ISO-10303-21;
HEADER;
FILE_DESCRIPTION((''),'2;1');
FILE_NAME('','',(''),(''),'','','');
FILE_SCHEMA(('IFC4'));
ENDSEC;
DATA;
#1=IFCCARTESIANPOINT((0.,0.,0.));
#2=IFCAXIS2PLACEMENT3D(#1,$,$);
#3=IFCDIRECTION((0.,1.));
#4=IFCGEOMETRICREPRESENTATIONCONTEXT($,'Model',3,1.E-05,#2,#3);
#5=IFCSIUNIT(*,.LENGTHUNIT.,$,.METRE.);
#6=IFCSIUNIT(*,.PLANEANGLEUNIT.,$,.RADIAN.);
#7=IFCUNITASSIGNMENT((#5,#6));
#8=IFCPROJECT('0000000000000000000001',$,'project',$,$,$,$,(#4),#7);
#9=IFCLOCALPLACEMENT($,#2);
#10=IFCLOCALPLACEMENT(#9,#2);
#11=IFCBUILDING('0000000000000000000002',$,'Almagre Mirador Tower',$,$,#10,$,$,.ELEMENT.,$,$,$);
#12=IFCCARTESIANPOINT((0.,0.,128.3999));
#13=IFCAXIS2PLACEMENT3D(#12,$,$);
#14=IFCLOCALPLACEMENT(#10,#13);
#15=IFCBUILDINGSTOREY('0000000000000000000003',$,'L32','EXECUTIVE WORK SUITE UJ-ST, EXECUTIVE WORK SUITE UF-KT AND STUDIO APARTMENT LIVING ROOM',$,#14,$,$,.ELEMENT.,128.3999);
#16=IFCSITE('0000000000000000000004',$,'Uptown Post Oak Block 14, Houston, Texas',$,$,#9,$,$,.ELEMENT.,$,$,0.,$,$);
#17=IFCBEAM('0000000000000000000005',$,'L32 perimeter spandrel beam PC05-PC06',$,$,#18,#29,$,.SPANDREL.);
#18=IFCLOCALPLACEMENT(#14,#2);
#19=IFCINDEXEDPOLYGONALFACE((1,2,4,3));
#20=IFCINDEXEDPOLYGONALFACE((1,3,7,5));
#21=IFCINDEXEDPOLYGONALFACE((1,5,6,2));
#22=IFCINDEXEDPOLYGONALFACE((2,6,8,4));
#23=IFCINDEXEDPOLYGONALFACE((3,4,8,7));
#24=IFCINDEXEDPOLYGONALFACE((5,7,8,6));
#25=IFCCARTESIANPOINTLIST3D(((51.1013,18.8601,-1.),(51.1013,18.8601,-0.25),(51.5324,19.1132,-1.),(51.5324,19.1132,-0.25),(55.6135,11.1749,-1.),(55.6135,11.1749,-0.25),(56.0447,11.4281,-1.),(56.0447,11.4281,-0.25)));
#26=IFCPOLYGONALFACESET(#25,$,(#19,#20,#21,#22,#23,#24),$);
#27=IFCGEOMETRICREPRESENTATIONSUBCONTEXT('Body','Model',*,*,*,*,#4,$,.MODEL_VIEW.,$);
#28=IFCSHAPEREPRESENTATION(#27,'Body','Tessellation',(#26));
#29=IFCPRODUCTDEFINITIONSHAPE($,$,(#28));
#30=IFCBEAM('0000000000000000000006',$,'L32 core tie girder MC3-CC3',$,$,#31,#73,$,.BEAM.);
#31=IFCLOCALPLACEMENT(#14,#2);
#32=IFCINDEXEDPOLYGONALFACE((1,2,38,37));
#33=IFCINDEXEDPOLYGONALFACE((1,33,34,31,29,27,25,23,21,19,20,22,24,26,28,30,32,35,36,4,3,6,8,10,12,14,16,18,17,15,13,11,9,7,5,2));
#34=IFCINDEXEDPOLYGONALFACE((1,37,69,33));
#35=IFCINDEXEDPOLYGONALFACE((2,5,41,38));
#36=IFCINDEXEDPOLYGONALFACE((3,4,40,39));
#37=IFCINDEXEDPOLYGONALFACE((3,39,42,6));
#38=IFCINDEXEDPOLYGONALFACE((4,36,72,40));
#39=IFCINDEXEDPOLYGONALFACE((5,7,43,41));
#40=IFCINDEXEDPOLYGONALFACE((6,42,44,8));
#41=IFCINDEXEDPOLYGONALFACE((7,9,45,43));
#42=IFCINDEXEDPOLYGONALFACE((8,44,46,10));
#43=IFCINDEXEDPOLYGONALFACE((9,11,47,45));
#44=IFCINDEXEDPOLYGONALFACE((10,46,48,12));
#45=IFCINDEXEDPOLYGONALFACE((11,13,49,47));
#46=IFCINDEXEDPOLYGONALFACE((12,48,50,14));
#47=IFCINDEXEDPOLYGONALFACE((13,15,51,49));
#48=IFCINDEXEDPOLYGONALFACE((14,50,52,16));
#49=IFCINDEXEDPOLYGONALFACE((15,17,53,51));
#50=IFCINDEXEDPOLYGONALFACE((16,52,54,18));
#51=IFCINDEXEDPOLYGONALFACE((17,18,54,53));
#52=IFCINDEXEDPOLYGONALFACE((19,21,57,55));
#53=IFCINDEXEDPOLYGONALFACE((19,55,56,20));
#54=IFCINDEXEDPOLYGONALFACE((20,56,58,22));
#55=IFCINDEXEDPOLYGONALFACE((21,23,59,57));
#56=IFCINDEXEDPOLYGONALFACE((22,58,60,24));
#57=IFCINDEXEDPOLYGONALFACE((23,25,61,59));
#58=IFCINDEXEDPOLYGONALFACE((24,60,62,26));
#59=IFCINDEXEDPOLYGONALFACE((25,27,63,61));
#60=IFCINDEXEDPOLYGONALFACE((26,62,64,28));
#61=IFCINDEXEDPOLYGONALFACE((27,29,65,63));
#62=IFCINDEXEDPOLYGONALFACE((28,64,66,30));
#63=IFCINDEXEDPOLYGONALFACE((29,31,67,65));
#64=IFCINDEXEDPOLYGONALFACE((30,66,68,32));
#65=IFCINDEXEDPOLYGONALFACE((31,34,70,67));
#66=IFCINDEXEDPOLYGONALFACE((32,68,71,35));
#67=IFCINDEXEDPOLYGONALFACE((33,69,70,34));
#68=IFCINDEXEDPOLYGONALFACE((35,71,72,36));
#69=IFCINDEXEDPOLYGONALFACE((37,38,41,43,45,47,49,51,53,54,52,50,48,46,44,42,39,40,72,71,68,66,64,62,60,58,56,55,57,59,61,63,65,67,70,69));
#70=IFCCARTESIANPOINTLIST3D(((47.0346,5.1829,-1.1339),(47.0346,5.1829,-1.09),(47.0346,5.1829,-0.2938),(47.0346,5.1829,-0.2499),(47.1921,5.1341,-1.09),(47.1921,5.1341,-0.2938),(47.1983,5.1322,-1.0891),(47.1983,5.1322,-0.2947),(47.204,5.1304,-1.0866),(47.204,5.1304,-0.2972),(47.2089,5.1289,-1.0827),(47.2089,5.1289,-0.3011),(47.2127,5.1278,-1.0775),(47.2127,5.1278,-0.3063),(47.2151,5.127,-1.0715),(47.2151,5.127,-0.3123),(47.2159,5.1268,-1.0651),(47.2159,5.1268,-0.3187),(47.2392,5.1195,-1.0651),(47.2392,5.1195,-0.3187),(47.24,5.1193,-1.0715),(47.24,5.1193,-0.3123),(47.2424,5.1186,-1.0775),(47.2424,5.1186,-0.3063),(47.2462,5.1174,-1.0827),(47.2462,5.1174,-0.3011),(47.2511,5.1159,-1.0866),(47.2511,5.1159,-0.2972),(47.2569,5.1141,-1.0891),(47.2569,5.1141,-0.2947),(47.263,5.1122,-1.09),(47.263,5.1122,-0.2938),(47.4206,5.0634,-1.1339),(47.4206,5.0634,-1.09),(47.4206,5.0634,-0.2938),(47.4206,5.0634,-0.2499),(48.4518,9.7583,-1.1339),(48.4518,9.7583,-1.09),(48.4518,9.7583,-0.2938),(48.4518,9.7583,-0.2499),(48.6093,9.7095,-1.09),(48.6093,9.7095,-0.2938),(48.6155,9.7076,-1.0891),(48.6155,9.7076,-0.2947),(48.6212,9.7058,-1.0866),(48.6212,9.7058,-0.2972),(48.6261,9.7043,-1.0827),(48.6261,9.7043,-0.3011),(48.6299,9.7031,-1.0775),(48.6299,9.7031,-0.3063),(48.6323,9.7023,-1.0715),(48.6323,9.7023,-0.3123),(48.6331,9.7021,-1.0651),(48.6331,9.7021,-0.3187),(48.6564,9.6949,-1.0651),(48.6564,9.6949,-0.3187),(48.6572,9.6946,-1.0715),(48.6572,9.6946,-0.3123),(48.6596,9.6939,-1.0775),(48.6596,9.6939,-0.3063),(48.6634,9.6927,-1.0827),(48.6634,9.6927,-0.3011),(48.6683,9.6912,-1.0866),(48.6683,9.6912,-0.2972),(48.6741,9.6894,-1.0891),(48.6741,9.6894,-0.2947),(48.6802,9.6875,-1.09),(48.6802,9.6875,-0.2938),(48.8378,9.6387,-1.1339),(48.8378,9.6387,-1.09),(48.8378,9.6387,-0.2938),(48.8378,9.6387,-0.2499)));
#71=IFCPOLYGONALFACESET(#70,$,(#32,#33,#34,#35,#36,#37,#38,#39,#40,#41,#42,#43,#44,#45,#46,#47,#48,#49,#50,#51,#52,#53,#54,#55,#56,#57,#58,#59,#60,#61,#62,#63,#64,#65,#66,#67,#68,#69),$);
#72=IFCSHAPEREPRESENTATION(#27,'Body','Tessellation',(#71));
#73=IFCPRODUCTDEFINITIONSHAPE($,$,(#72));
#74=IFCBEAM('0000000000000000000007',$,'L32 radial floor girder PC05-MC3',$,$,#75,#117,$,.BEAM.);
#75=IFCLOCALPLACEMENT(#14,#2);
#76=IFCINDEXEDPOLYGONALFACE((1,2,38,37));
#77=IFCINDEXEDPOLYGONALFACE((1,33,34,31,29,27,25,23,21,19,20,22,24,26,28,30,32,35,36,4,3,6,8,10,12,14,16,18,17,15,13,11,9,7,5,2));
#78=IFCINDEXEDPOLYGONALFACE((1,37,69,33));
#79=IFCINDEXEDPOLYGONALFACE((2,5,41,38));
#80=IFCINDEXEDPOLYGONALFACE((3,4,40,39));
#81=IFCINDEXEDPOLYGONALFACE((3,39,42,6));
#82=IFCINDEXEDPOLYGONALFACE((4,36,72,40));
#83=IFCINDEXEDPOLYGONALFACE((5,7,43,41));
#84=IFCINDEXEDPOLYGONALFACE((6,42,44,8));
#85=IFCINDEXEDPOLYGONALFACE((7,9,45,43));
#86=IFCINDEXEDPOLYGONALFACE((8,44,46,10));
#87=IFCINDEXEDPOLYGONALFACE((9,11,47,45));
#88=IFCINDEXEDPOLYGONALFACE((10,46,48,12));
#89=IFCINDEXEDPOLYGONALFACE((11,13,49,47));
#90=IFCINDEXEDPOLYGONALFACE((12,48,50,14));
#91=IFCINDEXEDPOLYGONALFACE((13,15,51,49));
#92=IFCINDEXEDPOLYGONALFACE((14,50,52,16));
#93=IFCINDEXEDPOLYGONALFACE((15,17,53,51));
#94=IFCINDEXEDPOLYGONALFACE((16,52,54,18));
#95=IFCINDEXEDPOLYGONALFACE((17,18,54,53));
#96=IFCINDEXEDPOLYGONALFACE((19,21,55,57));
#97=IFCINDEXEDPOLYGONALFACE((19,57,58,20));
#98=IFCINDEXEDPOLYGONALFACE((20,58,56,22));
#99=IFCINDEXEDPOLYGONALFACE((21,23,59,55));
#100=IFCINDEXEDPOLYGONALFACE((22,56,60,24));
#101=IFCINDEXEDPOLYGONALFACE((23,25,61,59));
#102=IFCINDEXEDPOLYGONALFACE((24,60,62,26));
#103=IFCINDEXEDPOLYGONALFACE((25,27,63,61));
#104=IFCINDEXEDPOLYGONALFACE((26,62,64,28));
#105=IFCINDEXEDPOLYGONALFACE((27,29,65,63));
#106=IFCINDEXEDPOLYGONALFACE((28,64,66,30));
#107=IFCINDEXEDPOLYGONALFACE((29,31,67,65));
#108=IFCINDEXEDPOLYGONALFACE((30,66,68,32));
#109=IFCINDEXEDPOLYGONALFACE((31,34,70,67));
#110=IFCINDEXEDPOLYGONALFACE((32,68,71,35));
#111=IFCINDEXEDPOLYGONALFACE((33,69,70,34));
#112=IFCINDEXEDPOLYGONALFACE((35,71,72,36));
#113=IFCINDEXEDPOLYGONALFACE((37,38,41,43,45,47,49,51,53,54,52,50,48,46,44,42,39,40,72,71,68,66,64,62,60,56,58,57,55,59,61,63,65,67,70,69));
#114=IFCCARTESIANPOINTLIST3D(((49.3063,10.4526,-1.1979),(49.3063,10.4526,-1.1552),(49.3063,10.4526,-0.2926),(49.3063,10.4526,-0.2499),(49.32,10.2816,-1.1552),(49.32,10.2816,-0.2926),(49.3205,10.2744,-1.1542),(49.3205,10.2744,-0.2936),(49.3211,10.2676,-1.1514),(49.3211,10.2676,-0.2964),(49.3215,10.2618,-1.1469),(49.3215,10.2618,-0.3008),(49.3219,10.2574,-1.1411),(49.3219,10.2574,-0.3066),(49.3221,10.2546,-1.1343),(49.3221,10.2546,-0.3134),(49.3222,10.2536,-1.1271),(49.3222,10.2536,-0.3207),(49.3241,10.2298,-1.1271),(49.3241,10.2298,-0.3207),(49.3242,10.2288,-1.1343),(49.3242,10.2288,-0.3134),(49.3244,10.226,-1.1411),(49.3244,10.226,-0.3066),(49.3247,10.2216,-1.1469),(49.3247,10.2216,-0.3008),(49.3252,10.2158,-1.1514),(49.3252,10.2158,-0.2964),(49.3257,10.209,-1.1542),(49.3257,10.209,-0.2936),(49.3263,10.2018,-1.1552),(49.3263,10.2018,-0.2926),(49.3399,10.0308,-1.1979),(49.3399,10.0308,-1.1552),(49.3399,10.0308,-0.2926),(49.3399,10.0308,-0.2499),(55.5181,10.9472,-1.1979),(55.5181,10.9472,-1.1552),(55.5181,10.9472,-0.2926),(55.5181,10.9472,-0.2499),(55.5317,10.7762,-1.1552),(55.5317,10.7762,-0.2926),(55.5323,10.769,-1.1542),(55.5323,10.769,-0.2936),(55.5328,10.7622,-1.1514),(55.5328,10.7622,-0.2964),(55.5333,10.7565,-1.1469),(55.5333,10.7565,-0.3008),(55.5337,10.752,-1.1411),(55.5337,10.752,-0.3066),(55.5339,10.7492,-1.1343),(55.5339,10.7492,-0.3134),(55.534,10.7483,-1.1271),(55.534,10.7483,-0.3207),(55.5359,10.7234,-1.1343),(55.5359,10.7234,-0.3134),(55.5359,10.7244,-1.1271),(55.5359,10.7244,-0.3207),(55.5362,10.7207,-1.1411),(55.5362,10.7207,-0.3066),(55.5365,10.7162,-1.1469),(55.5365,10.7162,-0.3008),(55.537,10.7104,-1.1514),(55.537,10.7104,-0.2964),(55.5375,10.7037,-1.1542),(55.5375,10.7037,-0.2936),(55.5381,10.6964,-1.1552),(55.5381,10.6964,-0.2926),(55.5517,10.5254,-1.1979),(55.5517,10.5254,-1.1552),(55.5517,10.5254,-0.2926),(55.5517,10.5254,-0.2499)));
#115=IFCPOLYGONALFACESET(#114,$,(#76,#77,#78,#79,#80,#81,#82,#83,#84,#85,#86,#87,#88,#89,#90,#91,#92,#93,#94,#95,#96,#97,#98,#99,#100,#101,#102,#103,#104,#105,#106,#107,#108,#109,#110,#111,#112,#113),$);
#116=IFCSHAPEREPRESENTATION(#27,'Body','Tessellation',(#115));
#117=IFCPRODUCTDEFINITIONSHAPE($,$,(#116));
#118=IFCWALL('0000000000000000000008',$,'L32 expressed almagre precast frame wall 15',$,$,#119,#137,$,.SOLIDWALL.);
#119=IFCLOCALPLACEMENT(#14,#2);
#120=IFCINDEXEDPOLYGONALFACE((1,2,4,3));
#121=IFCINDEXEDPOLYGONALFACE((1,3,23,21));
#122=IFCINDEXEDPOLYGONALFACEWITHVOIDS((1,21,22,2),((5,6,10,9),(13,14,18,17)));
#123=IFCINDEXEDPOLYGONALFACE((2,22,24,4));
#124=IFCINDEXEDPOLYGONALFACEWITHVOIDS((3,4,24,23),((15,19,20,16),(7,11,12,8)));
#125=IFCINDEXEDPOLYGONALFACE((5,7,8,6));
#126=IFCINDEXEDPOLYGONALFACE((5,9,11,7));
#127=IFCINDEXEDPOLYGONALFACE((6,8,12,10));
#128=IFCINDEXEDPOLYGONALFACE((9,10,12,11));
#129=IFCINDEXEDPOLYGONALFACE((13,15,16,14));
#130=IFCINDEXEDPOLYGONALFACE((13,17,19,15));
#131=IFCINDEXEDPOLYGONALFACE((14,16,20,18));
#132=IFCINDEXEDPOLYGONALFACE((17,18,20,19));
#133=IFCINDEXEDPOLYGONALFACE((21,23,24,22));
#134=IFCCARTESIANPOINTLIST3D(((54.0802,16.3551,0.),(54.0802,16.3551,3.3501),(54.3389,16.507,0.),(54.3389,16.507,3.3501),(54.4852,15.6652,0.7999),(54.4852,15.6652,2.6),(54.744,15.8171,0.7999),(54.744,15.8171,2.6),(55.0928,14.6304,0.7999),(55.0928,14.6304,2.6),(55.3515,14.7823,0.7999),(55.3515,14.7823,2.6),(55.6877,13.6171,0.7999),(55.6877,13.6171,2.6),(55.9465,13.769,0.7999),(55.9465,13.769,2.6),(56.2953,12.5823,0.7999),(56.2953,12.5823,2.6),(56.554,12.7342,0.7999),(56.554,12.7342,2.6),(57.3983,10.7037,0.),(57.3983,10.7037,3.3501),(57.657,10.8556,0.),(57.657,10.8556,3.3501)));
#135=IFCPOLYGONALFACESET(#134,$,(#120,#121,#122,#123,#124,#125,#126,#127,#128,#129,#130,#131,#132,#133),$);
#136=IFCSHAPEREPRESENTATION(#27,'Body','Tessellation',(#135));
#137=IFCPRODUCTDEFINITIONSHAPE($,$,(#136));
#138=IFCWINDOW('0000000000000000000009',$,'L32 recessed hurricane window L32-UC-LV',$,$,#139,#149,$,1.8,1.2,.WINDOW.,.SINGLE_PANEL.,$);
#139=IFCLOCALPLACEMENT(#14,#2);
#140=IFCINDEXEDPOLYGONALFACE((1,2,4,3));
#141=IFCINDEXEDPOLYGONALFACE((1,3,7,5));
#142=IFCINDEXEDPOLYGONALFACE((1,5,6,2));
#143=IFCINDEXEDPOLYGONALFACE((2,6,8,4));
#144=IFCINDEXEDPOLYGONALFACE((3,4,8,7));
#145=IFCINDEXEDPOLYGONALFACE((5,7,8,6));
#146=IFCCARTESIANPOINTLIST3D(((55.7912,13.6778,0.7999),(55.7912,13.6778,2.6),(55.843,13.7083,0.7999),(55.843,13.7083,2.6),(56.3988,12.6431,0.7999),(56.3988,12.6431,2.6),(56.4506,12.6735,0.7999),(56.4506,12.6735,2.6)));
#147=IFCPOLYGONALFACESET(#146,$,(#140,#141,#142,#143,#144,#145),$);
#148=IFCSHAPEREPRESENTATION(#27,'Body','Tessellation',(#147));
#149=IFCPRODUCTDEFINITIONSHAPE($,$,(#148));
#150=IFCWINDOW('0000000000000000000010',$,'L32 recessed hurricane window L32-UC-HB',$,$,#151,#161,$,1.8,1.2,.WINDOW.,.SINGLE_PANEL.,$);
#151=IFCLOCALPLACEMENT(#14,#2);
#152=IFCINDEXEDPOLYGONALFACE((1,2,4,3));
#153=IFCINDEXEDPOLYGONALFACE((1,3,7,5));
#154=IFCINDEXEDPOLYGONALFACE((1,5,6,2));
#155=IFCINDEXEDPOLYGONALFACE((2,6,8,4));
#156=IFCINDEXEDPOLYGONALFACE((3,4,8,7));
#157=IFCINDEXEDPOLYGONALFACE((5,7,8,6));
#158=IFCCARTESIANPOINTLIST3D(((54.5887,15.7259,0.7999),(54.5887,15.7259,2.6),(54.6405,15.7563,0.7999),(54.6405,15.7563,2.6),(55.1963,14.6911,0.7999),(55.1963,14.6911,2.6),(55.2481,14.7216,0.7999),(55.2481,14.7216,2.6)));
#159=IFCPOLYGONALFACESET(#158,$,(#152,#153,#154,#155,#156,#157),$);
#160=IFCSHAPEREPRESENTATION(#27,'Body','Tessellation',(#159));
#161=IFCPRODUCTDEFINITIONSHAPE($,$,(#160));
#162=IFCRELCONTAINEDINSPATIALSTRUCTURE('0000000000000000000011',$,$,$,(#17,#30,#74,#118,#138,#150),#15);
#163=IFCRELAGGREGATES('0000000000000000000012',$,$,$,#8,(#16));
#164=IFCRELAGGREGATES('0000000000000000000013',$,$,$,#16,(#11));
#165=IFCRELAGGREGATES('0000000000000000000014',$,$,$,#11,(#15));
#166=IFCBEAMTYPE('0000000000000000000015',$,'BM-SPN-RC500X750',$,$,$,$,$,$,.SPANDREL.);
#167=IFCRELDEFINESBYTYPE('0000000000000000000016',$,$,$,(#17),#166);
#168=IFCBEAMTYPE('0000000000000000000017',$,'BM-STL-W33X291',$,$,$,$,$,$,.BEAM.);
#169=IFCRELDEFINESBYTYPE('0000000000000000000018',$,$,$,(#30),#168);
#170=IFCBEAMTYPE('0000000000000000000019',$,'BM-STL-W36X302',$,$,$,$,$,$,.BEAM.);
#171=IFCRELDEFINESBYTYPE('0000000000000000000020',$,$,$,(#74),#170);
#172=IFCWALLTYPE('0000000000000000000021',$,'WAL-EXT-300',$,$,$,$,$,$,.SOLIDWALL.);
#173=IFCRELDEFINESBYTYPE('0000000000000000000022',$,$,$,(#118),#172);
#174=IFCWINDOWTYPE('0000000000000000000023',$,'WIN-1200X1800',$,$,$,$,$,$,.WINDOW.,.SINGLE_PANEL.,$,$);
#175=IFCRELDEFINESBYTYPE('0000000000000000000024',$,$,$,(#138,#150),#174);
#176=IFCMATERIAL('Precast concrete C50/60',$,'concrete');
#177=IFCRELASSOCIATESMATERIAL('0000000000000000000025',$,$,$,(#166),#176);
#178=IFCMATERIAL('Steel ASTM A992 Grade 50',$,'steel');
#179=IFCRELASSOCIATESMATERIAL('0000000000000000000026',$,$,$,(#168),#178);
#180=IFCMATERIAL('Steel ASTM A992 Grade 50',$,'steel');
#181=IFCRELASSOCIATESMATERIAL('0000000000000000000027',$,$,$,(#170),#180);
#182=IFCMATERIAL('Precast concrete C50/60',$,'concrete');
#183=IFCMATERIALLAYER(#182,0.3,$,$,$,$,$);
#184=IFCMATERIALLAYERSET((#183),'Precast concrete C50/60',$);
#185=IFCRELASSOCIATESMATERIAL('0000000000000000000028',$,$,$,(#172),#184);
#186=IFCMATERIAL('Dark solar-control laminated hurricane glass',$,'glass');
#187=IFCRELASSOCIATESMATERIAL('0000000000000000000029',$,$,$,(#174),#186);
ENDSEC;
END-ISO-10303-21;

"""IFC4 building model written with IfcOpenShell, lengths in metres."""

from ifc_helpers import new_model, si_unit, direction, frame, frame_2d, origin, origin_2d, place, context, subcontext, project, spatial, rectangle, i_section, extrude, material, layer, layer_set, material_profile, profile_set, type_object, element, fill, save


model = new_model("IFC4")

# Units and contexts
model_context = context("Model", 3, precision=1e-05, world=origin(), true_north=direction((0.0, 1.0)))
body_context = subcontext(model_context, "Body", "Model", "MODEL_VIEW")
ifc_project = project(units=[si_unit("LENGTHUNIT", "METRE"), si_unit("PLANEANGLEUNIT", "RADIAN")], contexts=[model_context])

# Site, building, storey
site_placement = place(None, origin())
site = spatial("IfcSite", under=ifc_project, at=site_placement, Name="Uptown Post Oak Block 14, Houston, Texas", CompositionType="ELEMENT", RefElevation=0.0)
building_placement = place(site_placement, origin())
building = spatial("IfcBuilding", under=site, at=building_placement, Name="Almagre Mirador Tower", CompositionType="ELEMENT")
storey_placement = place(building_placement, frame((0.0, 0.0, 128.3999)))
storey = spatial("IfcBuildingStorey", under=building, at=storey_placement, Name="L32", Description="EXECUTIVE WORK SUITE UJ-ST, EXECUTIVE WORK SUITE UF-KT AND STUDIO APARTMENT LIVING ROOM", CompositionType="ELEMENT", Elevation=128.3999)

# Beams
ifc_material_1 = material(Name="Precast concrete C50/60", Category="concrete")
ifc_material_profile_1 = material_profile(ifc_material_1, rectangle(XDim=0.5, YDim=0.75, at=origin_2d()), Name="RC500X750")
ifc_profile_set_1 = profile_set([ifc_material_profile_1], Name="Precast concrete C50/60")
beam_type_1 = type_object("IfcBeamType", Name="BM-SPN-RC500X750", PredefinedType="SPANDREL", material=ifc_profile_set_1)
beam_1_placement = place(storey_placement, frame((55.8291, 11.3015, -0.625), z_axis=(-0.506318, 0.862347, 0.0), x_axis=(-0.862347, -0.506318, 0.0)))
element("IfcBeam", 1, at=beam_1_placement, inside=storey, type_object=beam_type_1, Name="L32 perimeter spandrel beam PC05-PC06", PredefinedType="SPANDREL", context=body_context, shape_type="SweptSolid", body=[
    extrude(rectangle(XDim=0.5, YDim=0.75, at=origin_2d()), origin(), (0.0, 0.0, 1.0), 8.9119),
])
ifc_material_2 = material(Name="Steel ASTM A992 Grade 50", Category="steel")
ifc_material_profile_2 = material_profile(ifc_material_2, i_section(OverallWidth=0.4041, OverallDepth=0.884, WebThickness=0.0244, FlangeThickness=0.0439, FilletRadius=0.0249, at=origin_2d()), Name="W33X291")
ifc_profile_set_2 = profile_set([ifc_material_profile_2], Name="Steel ASTM A992 Grade 50")
beam_type_2 = type_object("IfcBeamType", Name="BM-STL-W33X291", PredefinedType="BEAM", material=ifc_profile_set_2)
beam_2_placement = place(storey_placement, frame((48.6448, 9.6985, -0.6919), z_axis=(-0.29588, -0.955225, 0.0), x_axis=(0.955225, -0.29588, 0.0)))
element("IfcBeam", 2, at=beam_2_placement, inside=storey, type_object=beam_type_2, Name="L32 core tie girder MC3-CC3", PredefinedType="BEAM", context=body_context, shape_type="SweptSolid", body=[
    extrude(i_section(OverallWidth=0.4041, OverallDepth=0.884, WebThickness=0.0244, FlangeThickness=0.0439, FilletRadius=0.0249, at=origin_2d()), origin(), (0.0, 0.0, 1.0), 4.7898),
])
ifc_material_3 = material(Name="Steel ASTM A992 Grade 50", Category="steel")
ifc_material_profile_3 = material_profile(ifc_material_3, i_section(OverallWidth=0.4231, OverallDepth=0.948, WebThickness=0.0239, FlangeThickness=0.0427, FilletRadius=0.0281, at=origin_2d()), Name="W36X302")
ifc_profile_set_3 = profile_set([ifc_material_profile_3], Name="Steel ASTM A992 Grade 50")
beam_type_3 = type_object("IfcBeamType", Name="BM-STL-W36X302", PredefinedType="BEAM", material=ifc_profile_set_3)
beam_3_placement = place(storey_placement, frame((55.5349, 10.7363, -0.7239), z_axis=(-0.996845, -0.079378, 0.0), x_axis=(0.079378, -0.996845, 0.0)))
element("IfcBeam", 3, at=beam_3_placement, inside=storey, type_object=beam_type_3, Name="L32 radial floor girder PC05-MC3", PredefinedType="BEAM", context=body_context, shape_type="SweptSolid", body=[
    extrude(i_section(OverallWidth=0.4231, OverallDepth=0.948, WebThickness=0.0239, FlangeThickness=0.0427, FilletRadius=0.0281, at=origin_2d()), origin(), (0.0, 0.0, 1.0), 6.2314),
])

# Wall, openings, windows
ifc_material_4 = material(Name="Precast concrete C50/60", Category="concrete")
ifc_layer_1 = layer(ifc_material_4, 0.3)
ifc_layer_set_1 = layer_set([ifc_layer_1], Name="Precast concrete C50/60")
wall_type_1 = type_object("IfcWallType", Name="WAL-EXT-300", PredefinedType="SOLIDWALL", material=ifc_layer_set_1)
wall_1_placement = place(storey_placement, frame((54.2095, 16.4312, 0.0), z_axis=(0.0, 0.0, 1.0), x_axis=(0.506315, -0.862349, 0.0)))
wall_1 = element("IfcWall", 4, at=wall_1_placement, inside=storey, type_object=wall_type_1, Name="L32 expressed almagre precast frame wall 15", PredefinedType="SOLIDWALL", context=body_context, shape_type="SweptSolid", body=[
    extrude(rectangle(XDim=6.5535, YDim=0.3, at=frame_2d((3.2769, 0.0))), origin(), (0.0, 0.0, 1.0), 3.3501),
])
opening_1_placement = place(wall_1_placement, frame((3.175, 0.0, 0.8)))
opening_1 = element("IfcOpeningElement", 5, at=opening_1_placement, cuts=wall_1, PredefinedType="OPENING", context=body_context, shape_type="SweptSolid", body=[
    extrude(rectangle(XDim=1.2, YDim=1.8, at=frame_2d((0.6001, 0.8999))), frame((0.0, 0.1599, 0.0), z_axis=(0.0, -1.0, 0.0), x_axis=(1.0, 0.0, 0.0)), (0.0, 0.0, 1.0), 0.32),
])
opening_2_placement = place(wall_1_placement, frame((0.8, 0.0, 0.8)))
opening_2 = element("IfcOpeningElement", 6, at=opening_2_placement, cuts=wall_1, PredefinedType="OPENING", context=body_context, shape_type="SweptSolid", body=[
    extrude(rectangle(XDim=1.2, YDim=1.8, at=frame_2d((0.6001, 0.8999))), frame((0.0, 0.1599, 0.0), z_axis=(0.0, -1.0, 0.0), x_axis=(1.0, 0.0, 0.0)), (0.0, 0.0, 1.0), 0.32),
])
ifc_material_5 = material(Name="Dark solar-control laminated hurricane glass", Category="glass")
window_type_1 = type_object("IfcWindowType", Name="WIN-1200X1800", PartitioningType="SINGLE_PANEL", PredefinedType="WINDOW", material=ifc_material_5)
window_1_placement = place(opening_1_placement, origin())
window_1 = element("IfcWindow", 7, at=window_1_placement, inside=storey, type_object=window_type_1, Name="L32 recessed hurricane window L32-UC-LV", OverallHeight=1.8, OverallWidth=1.2, PartitioningType="SINGLE_PANEL", PredefinedType="WINDOW", context=body_context, shape_type="SweptSolid", body=[
    extrude(rectangle(XDim=1.2, YDim=1.8, at=frame_2d((0.6001, 0.8999))), frame((0.0, 0.03, 0.0), z_axis=(0.0, -1.0, 0.0), x_axis=(1.0, 0.0, 0.0)), (0.0, 0.0, 1.0), 0.0601),
])
fill(opening_1, window_1)
window_2_placement = place(opening_2_placement, origin())
window_2 = element("IfcWindow", 8, at=window_2_placement, inside=storey, type_object=window_type_1, Name="L32 recessed hurricane window L32-UC-HB", OverallHeight=1.8, OverallWidth=1.2, PartitioningType="SINGLE_PANEL", PredefinedType="WINDOW", context=body_context, shape_type="SweptSolid", body=[
    extrude(rectangle(XDim=1.2, YDim=1.8, at=frame_2d((0.6001, 0.8999))), frame((0.0, 0.03, 0.0), z_axis=(0.0, -1.0, 0.0), x_axis=(1.0, 0.0, 0.0)), (0.0, 0.0, 1.0), 0.0601),
])
fill(opening_2, window_2)

save(model, "model.ifc")
